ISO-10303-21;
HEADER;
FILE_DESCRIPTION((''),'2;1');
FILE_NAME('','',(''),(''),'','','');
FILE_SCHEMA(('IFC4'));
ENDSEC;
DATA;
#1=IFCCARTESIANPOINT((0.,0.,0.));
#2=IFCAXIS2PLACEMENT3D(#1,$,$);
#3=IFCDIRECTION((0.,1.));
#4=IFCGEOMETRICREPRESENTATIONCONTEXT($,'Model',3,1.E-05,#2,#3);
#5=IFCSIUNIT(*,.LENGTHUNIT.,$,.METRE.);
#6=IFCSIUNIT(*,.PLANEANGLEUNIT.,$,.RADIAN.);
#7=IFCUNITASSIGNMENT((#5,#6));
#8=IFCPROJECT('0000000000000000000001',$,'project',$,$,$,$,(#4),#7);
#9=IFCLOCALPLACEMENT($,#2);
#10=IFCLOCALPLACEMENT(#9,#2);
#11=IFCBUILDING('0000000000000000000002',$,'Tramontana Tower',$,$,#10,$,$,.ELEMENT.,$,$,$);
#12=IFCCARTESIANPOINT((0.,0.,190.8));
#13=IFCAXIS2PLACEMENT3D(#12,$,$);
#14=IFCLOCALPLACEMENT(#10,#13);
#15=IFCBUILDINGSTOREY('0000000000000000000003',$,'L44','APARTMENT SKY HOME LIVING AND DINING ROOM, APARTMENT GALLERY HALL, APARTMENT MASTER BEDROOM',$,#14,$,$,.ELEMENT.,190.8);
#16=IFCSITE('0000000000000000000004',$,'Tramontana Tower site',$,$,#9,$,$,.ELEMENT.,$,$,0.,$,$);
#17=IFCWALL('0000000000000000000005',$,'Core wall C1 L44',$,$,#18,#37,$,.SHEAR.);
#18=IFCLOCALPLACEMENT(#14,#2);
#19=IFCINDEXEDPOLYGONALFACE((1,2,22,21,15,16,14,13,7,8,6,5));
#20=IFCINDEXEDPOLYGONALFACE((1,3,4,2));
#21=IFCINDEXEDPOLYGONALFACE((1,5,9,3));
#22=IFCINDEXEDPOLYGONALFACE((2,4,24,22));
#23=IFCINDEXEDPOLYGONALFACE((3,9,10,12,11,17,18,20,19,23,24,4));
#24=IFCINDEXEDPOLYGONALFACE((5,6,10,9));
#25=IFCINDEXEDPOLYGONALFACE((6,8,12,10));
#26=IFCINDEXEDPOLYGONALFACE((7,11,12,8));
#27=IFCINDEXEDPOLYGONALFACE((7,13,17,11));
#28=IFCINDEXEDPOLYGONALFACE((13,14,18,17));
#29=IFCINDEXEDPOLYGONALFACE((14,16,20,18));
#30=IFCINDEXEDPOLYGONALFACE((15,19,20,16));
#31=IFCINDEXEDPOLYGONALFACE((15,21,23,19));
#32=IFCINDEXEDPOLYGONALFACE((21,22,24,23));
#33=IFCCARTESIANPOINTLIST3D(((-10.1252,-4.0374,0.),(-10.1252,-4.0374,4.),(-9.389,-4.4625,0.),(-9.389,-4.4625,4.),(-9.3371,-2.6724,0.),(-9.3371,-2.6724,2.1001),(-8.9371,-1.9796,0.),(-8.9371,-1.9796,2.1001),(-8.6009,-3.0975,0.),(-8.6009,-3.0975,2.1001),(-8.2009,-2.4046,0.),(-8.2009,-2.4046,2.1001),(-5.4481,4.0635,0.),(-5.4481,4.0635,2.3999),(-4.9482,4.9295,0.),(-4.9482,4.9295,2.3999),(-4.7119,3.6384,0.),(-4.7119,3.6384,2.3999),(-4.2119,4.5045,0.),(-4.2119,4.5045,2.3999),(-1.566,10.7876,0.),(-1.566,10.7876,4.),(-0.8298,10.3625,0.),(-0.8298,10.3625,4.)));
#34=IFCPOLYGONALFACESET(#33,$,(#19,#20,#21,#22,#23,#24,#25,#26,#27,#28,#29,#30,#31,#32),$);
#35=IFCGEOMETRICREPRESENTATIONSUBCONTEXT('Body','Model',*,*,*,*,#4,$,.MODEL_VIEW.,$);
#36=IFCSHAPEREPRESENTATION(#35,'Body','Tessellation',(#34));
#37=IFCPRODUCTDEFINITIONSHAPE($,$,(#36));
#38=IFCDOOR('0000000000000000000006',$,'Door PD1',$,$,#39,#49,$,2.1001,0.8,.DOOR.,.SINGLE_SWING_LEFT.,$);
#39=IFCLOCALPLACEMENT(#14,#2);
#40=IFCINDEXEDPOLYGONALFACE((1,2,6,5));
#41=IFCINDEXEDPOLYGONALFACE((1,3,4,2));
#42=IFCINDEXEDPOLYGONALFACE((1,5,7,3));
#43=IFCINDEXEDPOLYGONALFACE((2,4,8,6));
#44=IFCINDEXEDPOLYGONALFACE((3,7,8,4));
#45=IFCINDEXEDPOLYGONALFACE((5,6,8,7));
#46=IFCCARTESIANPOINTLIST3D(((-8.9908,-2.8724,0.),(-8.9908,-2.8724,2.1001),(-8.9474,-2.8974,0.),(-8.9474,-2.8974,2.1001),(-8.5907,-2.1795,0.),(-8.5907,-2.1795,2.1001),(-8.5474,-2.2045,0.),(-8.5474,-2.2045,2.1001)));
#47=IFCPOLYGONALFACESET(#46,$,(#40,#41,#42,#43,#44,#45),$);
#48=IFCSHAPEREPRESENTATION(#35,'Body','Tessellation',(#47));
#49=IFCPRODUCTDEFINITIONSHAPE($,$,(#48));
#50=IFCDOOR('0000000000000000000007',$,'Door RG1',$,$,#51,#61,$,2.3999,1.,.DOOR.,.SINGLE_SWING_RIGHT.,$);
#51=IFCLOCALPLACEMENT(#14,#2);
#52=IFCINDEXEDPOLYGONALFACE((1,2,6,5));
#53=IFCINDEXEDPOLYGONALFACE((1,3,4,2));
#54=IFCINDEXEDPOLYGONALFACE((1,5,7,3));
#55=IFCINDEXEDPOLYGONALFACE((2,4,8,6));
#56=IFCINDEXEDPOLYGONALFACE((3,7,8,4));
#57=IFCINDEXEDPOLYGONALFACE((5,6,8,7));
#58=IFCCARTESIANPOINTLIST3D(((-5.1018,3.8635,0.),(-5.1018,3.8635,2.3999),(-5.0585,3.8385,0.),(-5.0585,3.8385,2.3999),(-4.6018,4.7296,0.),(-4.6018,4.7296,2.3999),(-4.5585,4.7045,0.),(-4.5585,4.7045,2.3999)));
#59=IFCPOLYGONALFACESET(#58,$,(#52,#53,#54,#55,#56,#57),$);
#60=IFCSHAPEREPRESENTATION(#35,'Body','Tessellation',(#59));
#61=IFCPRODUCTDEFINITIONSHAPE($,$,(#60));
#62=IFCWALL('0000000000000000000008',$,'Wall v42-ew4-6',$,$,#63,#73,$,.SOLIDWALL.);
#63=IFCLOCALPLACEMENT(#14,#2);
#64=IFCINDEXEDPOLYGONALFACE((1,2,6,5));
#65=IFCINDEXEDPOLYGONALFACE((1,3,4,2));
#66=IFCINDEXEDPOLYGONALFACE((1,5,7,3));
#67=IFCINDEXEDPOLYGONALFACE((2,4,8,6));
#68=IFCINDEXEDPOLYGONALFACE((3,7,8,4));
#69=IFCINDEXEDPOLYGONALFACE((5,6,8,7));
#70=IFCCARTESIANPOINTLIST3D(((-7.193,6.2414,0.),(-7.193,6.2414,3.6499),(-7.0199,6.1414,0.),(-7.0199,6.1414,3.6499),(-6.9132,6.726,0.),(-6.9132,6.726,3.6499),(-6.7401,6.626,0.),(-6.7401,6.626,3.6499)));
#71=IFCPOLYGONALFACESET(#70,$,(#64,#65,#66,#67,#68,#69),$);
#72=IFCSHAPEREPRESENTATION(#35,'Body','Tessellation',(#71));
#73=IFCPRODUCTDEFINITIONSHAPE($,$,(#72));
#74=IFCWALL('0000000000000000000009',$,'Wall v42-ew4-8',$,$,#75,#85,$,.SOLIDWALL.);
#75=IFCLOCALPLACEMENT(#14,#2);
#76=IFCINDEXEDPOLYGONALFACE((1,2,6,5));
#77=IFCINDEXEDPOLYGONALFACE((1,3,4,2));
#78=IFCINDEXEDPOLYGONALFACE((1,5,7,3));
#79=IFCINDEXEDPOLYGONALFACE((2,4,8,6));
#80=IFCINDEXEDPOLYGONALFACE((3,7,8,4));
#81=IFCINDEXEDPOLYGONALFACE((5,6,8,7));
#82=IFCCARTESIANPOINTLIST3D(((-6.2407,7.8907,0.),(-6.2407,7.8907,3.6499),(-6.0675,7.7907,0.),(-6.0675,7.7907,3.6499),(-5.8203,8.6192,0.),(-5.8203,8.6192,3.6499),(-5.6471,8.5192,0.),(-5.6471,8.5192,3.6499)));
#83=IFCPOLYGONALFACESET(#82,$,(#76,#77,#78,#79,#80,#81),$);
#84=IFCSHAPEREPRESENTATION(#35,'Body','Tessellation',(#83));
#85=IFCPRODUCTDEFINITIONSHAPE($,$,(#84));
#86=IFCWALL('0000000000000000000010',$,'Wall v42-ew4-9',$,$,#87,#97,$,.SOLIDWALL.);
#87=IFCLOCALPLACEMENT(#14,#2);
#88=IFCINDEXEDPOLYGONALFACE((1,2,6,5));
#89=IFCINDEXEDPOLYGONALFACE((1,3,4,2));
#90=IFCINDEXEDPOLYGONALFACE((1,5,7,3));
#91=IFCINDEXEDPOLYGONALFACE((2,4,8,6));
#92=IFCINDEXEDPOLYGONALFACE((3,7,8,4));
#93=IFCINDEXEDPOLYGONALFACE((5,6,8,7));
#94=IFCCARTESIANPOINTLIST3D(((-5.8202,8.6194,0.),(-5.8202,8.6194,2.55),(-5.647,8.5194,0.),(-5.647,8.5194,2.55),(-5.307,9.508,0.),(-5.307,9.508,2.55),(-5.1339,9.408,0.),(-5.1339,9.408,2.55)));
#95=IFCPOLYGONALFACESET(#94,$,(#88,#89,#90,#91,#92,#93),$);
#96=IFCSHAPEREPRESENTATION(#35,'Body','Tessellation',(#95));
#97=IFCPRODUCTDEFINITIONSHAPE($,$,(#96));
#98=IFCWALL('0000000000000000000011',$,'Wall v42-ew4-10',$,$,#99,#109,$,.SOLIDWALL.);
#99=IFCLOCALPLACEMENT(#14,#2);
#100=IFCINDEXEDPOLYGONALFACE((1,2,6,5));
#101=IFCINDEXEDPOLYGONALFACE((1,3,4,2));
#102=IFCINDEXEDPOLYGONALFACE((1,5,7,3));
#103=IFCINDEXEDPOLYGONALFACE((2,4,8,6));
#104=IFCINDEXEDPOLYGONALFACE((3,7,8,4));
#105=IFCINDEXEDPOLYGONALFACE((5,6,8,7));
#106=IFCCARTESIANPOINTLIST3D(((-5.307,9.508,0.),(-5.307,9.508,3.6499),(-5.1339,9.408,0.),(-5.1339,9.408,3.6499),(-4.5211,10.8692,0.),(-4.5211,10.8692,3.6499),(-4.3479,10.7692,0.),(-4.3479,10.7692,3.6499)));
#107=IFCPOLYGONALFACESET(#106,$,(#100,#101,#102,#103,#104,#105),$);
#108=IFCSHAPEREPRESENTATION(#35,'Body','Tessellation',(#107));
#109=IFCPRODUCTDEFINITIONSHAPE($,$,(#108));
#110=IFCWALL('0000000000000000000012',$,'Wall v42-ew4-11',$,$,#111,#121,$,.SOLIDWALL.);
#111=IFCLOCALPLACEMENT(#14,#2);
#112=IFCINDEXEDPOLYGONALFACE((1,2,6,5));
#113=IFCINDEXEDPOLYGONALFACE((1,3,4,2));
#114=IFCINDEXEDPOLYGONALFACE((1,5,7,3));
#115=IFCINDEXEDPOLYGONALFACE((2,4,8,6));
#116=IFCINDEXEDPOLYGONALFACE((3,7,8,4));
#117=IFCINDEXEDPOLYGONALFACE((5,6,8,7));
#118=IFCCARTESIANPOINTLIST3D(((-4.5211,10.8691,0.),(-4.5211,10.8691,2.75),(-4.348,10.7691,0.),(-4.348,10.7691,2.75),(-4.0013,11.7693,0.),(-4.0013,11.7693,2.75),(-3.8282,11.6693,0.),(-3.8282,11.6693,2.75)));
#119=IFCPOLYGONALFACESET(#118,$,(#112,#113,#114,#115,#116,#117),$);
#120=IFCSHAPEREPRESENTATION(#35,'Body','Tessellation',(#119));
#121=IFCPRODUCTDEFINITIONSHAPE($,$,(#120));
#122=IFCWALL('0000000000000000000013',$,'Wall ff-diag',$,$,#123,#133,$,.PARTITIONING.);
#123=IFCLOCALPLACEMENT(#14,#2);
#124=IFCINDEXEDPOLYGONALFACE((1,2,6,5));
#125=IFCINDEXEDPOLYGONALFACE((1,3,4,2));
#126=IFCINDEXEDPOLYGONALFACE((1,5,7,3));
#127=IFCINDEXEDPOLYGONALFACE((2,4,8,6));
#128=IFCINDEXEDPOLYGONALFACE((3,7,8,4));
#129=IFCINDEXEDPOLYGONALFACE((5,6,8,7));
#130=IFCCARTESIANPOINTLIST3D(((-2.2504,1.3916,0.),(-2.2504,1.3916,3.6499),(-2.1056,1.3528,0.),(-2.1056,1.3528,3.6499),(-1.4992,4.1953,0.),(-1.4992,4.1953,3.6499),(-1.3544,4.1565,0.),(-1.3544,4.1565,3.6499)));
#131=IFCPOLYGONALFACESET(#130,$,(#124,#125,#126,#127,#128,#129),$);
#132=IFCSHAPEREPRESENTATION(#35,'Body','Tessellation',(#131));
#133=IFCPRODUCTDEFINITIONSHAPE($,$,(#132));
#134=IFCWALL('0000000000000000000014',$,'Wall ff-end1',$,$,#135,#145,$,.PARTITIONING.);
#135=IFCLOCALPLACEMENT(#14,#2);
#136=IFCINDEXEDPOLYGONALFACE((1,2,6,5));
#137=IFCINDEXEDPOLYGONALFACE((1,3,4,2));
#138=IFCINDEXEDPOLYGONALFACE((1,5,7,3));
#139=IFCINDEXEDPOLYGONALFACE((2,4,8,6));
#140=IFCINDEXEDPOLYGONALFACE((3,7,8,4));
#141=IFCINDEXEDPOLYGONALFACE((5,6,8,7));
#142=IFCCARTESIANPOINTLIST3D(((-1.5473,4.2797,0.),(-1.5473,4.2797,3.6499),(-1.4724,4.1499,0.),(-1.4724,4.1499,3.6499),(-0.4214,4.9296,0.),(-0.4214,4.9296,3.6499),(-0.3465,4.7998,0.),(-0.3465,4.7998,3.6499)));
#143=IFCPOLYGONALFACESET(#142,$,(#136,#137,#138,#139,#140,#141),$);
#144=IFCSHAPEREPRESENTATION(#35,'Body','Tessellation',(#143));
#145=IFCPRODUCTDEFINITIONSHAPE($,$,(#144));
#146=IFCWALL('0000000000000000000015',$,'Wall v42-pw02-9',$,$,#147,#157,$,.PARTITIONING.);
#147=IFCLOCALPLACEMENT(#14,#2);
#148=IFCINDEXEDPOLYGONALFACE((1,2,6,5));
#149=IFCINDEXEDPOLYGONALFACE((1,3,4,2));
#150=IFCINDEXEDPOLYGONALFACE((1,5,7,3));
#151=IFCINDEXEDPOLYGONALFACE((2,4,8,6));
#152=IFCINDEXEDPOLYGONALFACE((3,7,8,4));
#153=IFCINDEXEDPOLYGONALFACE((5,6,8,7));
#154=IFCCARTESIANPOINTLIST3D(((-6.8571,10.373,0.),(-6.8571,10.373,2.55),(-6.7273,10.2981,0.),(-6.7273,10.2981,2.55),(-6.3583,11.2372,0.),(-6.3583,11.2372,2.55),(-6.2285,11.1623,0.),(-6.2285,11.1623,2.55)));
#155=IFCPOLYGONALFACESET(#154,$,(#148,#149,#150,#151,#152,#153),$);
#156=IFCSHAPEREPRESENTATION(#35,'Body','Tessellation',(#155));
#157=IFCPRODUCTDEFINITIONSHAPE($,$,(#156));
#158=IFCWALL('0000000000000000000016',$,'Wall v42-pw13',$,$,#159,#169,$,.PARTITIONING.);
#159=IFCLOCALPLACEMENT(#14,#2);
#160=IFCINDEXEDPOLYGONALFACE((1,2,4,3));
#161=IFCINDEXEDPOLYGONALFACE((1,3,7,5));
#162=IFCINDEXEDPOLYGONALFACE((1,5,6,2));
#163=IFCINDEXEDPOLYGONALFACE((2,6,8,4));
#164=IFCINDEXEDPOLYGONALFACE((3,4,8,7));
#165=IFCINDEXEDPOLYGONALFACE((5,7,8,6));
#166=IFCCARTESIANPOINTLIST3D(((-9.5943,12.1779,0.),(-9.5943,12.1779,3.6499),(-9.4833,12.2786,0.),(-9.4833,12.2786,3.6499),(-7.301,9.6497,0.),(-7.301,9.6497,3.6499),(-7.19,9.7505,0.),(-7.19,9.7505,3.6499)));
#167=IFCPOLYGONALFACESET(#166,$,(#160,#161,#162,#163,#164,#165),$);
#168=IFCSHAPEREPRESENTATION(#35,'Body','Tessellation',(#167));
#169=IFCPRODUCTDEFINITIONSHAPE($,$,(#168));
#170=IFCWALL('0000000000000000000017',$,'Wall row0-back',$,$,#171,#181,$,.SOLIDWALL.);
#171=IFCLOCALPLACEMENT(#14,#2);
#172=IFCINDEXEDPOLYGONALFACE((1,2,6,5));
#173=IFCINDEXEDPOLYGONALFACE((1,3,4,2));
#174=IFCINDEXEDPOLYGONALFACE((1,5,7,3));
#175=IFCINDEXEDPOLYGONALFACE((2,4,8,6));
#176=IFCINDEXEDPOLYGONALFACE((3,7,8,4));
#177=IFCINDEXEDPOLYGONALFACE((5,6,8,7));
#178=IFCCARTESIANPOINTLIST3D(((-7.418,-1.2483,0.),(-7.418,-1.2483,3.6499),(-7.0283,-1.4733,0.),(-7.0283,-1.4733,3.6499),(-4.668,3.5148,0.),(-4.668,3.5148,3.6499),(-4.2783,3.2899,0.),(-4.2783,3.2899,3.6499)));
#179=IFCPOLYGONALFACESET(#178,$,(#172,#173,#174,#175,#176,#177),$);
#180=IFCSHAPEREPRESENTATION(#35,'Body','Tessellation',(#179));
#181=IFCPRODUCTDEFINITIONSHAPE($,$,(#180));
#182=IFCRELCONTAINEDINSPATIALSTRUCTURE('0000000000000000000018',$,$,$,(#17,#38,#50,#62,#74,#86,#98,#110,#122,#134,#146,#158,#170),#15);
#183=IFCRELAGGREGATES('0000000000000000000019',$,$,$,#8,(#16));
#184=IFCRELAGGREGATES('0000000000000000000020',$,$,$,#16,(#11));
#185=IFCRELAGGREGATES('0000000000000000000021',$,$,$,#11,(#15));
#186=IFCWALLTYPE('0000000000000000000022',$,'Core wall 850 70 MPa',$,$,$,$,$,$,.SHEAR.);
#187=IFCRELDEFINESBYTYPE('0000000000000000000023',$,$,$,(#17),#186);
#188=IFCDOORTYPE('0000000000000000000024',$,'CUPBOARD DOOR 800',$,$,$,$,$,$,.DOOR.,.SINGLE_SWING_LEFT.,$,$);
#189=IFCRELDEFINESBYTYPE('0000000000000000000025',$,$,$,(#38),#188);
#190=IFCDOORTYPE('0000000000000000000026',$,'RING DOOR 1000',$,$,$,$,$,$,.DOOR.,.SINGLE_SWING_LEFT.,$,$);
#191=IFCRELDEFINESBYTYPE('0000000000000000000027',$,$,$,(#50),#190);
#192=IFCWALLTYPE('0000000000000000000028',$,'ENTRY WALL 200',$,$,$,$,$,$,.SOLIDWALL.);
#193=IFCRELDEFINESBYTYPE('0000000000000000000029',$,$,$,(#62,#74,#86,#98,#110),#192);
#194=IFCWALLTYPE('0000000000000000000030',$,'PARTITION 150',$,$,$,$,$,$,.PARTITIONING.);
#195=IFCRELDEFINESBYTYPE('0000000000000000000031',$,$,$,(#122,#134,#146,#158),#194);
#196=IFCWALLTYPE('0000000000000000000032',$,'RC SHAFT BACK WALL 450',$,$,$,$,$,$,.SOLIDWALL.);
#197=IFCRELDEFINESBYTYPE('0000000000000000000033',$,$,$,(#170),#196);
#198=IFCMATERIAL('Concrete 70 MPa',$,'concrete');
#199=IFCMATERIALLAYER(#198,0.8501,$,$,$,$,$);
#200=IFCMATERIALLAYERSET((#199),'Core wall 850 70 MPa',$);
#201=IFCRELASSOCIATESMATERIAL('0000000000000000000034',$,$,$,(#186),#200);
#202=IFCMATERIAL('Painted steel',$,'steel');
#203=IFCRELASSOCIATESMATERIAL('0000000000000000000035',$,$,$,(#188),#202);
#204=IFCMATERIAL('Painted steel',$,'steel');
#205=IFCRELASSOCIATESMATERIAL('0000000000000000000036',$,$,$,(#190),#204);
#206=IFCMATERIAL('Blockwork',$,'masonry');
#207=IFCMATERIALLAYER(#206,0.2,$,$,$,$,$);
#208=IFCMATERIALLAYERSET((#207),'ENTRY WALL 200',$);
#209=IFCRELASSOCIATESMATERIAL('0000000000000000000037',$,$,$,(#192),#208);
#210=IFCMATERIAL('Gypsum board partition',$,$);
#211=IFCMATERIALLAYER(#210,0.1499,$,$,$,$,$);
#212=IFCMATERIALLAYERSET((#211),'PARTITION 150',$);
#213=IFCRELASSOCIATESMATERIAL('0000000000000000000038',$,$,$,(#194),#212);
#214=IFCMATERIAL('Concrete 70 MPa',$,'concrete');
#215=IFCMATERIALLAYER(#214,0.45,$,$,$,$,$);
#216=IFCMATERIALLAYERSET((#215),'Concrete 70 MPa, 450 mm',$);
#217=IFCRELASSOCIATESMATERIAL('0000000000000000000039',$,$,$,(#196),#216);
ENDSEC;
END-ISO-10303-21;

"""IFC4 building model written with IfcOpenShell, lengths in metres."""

from ifc_helpers import new_model, si_unit, direction, frame, frame_2d, origin, place, context, subcontext, project, spatial, rectangle, extrude, material, layer, layer_set, type_object, element, fill, save


model = new_model("IFC4")

# Units and contexts
model_context = context("Model", 3, precision=1e-05, world=origin(), true_north=direction((0.0, 1.0)))
body_context = subcontext(model_context, "Body", "Model", "MODEL_VIEW")
ifc_project = project(units=[si_unit("LENGTHUNIT", "METRE"), si_unit("PLANEANGLEUNIT", "RADIAN")], contexts=[model_context])

# Site, building, storey
site_placement = place(None, origin())
site = spatial("IfcSite", under=ifc_project, at=site_placement, Name="Tramontana Tower site", CompositionType="ELEMENT", RefElevation=0.0)
building_placement = place(site_placement, origin())
building = spatial("IfcBuilding", under=site, at=building_placement, Name="Tramontana Tower", CompositionType="ELEMENT")
storey_placement = place(building_placement, frame((0.0, 0.0, 190.8)))
storey = spatial("IfcBuildingStorey", under=building, at=storey_placement, Name="L44", Description="APARTMENT SKY HOME LIVING AND DINING ROOM, APARTMENT GALLERY HALL, APARTMENT MASTER BEDROOM", CompositionType="ELEMENT", Elevation=190.8)

# Wall, openings, doors
ifc_material_1 = material(Name="Concrete 70 MPa", Category="concrete")
ifc_layer_1 = layer(ifc_material_1, 0.8501)
ifc_layer_set_1 = layer_set([ifc_layer_1], Name="Core wall 850 70 MPa")
wall_type_1 = type_object("IfcWallType", Name="Core wall 850 70 MPa", PredefinedType="SHEAR", material=ifc_layer_set_1)
wall_1_placement = place(storey_placement, frame((-1.198, 10.575, 0.0), z_axis=(0.0, 0.0, 1.0), x_axis=(-0.499995, -0.866028, 0.0)))
wall_1 = element("IfcWall", 1, at=wall_1_placement, inside=storey, type_object=wall_type_1, Name="Core wall C1 L44", PredefinedType="SHEAR", context=body_context, shape_type="SweptSolid", body=[
    extrude(rectangle(XDim=17.1184, YDim=0.8501, at=frame_2d((8.5591, 0.0))), origin(), (0.0, 0.0, 1.0), 4.0),
])
opening_1_placement = place(wall_1_placement, frame((6.7642, 0.0, 0.0)))
opening_1 = element("IfcOpeningElement", 2, at=opening_1_placement, cuts=wall_1, PredefinedType="OPENING", context=body_context, shape_type="SweptSolid", body=[
    extrude(rectangle(XDim=1.0, YDim=2.3999, at=frame_2d((0.5, 1.2))), frame((0.0, 0.4351, 0.0), z_axis=(0.0, -1.0, 0.0), x_axis=(1.0, 0.0, 0.0)), (0.0, 0.0, 1.0), 0.8701),
])
opening_2_placement = place(wall_1_placement, frame((14.7422, 0.0, 0.0)))
opening_2 = element("IfcOpeningElement", 3, at=opening_2_placement, cuts=wall_1, PredefinedType="OPENING", context=body_context, shape_type="SweptSolid", body=[
    extrude(rectangle(XDim=0.8, YDim=2.1001, at=frame_2d((0.3999, 1.05))), frame((0.0, 0.4351, 0.0), z_axis=(0.0, -1.0, 0.0), x_axis=(1.0, 0.0, 0.0)), (0.0, 0.0, 1.0), 0.8701),
])
ifc_material_2 = material(Name="Painted steel", Category="steel")
door_type_1 = type_object("IfcDoorType", Name="CUPBOARD DOOR 800", OperationType="SINGLE_SWING_LEFT", PredefinedType="DOOR", material=ifc_material_2)
door_1_placement = place(opening_2_placement, origin())
door_1 = element("IfcDoor", 4, at=door_1_placement, inside=storey, type_object=door_type_1, Name="Door PD1", OperationType="SINGLE_SWING_LEFT", OverallHeight=2.1001, OverallWidth=0.8, PredefinedType="DOOR", context=body_context, shape_type="SweptSolid", body=[
    extrude(rectangle(XDim=0.8, YDim=2.1001, at=frame_2d((0.3999, 1.05))), frame((0.0, 0.0249, 0.0), z_axis=(0.0, -1.0, 0.0), x_axis=(1.0, 0.0, 0.0)), (0.0, 0.0, 1.0), 0.05),
])
fill(opening_2, door_1)
ifc_material_3 = material(Name="Painted steel", Category="steel")
door_type_2 = type_object("IfcDoorType", Name="RING DOOR 1000", OperationType="SINGLE_SWING_LEFT", PredefinedType="DOOR", material=ifc_material_3)
door_2_placement = place(opening_1_placement, origin())
door_2 = element("IfcDoor", 5, at=door_2_placement, inside=storey, type_object=door_type_2, Name="Door RG1", OperationType="SINGLE_SWING_RIGHT", OverallHeight=2.3999, OverallWidth=1.0, PredefinedType="DOOR", context=body_context, shape_type="SweptSolid", body=[
    extrude(rectangle(XDim=1.0, YDim=2.3999, at=frame_2d((0.5, 1.2))), frame((0.0, 0.0249, 0.0), z_axis=(0.0, -1.0, 0.0), x_axis=(1.0, 0.0, 0.0)), (0.0, 0.0, 1.0), 0.05),
])
fill(opening_1, door_2)

# Wall
ifc_material_4 = material(Name="Blockwork", Category="masonry")
ifc_layer_2 = layer(ifc_material_4, 0.2)
ifc_layer_set_2 = layer_set([ifc_layer_2], Name="ENTRY WALL 200")
wall_type_2 = type_object("IfcWallType", Name="ENTRY WALL 200", PredefinedType="SOLIDWALL", material=ifc_layer_set_2)
wall_2_placement = place(storey_placement, frame((-7.1064, 6.1914, 0.0), z_axis=(0.0, 0.0, 1.0), x_axis=(0.499987, 0.866033, 0.0)))
element("IfcWall", 6, at=wall_2_placement, inside=storey, type_object=wall_type_2, Name="Wall v42-ew4-6", PredefinedType="SOLIDWALL", context=body_context, shape_type="SweptSolid", body=[
    extrude(rectangle(XDim=0.5596, YDim=0.2, at=frame_2d((0.2798, 0.0))), origin(), (0.0, 0.0, 1.0), 3.6499),
])

# Walls
wall_3_placement = place(storey_placement, frame((-6.1541, 7.8408, 0.0), z_axis=(0.0, 0.0, 1.0), x_axis=(0.499823, 0.866128, 0.0)))
element("IfcWall", 7, at=wall_3_placement, inside=storey, type_object=wall_type_2, Name="Wall v42-ew4-8", PredefinedType="SOLIDWALL", context=body_context, shape_type="SweptSolid", body=[
    extrude(rectangle(XDim=0.8411, YDim=0.2, at=frame_2d((0.4204, 0.0))), origin(), (0.0, 0.0, 1.0), 3.6499),
])
wall_4_placement = place(storey_placement, frame((-5.7336, 8.5693, 0.0), z_axis=(0.0, 0.0, 1.0), x_axis=(0.500079, 0.86598, 0.0)))
element("IfcWall", 8, at=wall_4_placement, inside=storey, type_object=wall_type_2, Name="Wall v42-ew4-9", PredefinedType="SOLIDWALL", context=body_context, shape_type="SweptSolid", body=[
    extrude(rectangle(XDim=1.0261, YDim=0.2, at=frame_2d((0.5132, 0.0))), origin(), (0.0, 0.0, 1.0), 2.55),
])
wall_5_placement = place(storey_placement, frame((-5.2205, 9.458, 0.0), z_axis=(0.0, 0.0, 1.0), x_axis=(0.500032, 0.866007, 0.0)))
element("IfcWall", 9, at=wall_5_placement, inside=storey, type_object=wall_type_2, Name="Wall v42-ew4-10", PredefinedType="SOLIDWALL", context=body_context, shape_type="SweptSolid", body=[
    extrude(rectangle(XDim=1.5718, YDim=0.2, at=frame_2d((0.7859, 0.0))), origin(), (0.0, 0.0, 1.0), 3.6499),
])
wall_6_placement = place(storey_placement, frame((-4.4346, 10.8191, 0.0), z_axis=(0.0, 0.0, 1.0), x_axis=(0.500055, 0.865994, 0.0)))
element("IfcWall", 10, at=wall_6_placement, inside=storey, type_object=wall_type_2, Name="Wall v42-ew4-11", PredefinedType="SOLIDWALL", context=body_context, shape_type="SweptSolid", body=[
    extrude(rectangle(XDim=1.0396, YDim=0.2, at=frame_2d((0.5198, 0.0))), origin(), (0.0, 0.0, 1.0), 2.75),
])
ifc_material_5 = material(Name="Gypsum board partition")
ifc_layer_3 = layer(ifc_material_5, 0.1499)
ifc_layer_set_3 = layer_set([ifc_layer_3], Name="PARTITION 150")
wall_type_3 = type_object("IfcWallType", Name="PARTITION 150", PredefinedType="PARTITIONING", material=ifc_layer_set_3)
wall_7_placement = place(storey_placement, frame((-2.178, 1.3723, 0.0), z_axis=(0.0, 0.0, 1.0), x_axis=(0.258809, 0.965929, 0.0)))
element("IfcWall", 11, at=wall_7_placement, inside=storey, type_object=wall_type_3, Name="Wall ff-diag", PredefinedType="PARTITIONING", context=body_context, shape_type="SweptSolid", body=[
    extrude(rectangle(XDim=2.9026, YDim=0.1499, at=frame_2d((1.4512, 0.0))), origin(), (0.0, 0.0, 1.0), 3.6499),
])
wall_8_placement = place(storey_placement, frame((-1.5098, 4.2148, 0.0), z_axis=(0.0, 0.0, 1.0), x_axis=(0.866086, 0.499896, 0.0)))
element("IfcWall", 12, at=wall_8_placement, inside=storey, type_object=wall_type_3, Name="Wall ff-end1", PredefinedType="PARTITIONING", context=body_context, shape_type="SweptSolid", body=[
    extrude(rectangle(XDim=1.3, YDim=0.1499, at=frame_2d((0.6499, 0.0))), origin(), (0.0, 0.0, 1.0), 3.6499),
])
wall_9_placement = place(storey_placement, frame((-6.7922, 10.3354, 0.0), z_axis=(0.0, 0.0, 1.0), x_axis=(0.49985, 0.866112, 0.0)))
element("IfcWall", 13, at=wall_9_placement, inside=storey, type_object=wall_type_3, Name="Wall v42-pw02-9", PredefinedType="PARTITIONING", context=body_context, shape_type="SweptSolid", body=[
    extrude(rectangle(XDim=0.9978, YDim=0.1499, at=frame_2d((0.499, 0.0))), origin(), (0.0, 0.0, 1.0), 2.55),
])
wall_10_placement = place(storey_placement, frame((-7.2456, 9.7002, 0.0), z_axis=(0.0, 0.0, 1.0), x_axis=(-0.671864, 0.740674, 0.0)))
element("IfcWall", 14, at=wall_10_placement, inside=storey, type_object=wall_type_3, Name="Wall v42-pw13", PredefinedType="PARTITIONING", context=body_context, shape_type="SweptSolid", body=[
    extrude(rectangle(XDim=3.4133, YDim=0.1499, at=frame_2d((1.7065, 0.0))), origin(), (0.0, 0.0, 1.0), 3.6499),
])
ifc_material_6 = material(Name="Concrete 70 MPa", Category="concrete")
ifc_layer_4 = layer(ifc_material_6, 0.45)
ifc_layer_set_4 = layer_set([ifc_layer_4], Name="Concrete 70 MPa, 450 mm")
wall_type_4 = type_object("IfcWallType", Name="RC SHAFT BACK WALL 450", PredefinedType="SOLIDWALL", material=ifc_layer_set_4)
wall_11_placement = place(storey_placement, frame((-4.4731, 3.4023, 0.0), z_axis=(0.0, 0.0, 1.0), x_axis=(-0.499997, -0.866027, 0.0)))
element("IfcWall", 15, at=wall_11_placement, inside=storey, type_object=wall_type_4, Name="Wall row0-back", PredefinedType="SOLIDWALL", context=body_context, shape_type="SweptSolid", body=[
    extrude(rectangle(XDim=5.5, YDim=0.45, at=frame_2d((2.75, 0.0))), origin(), (0.0, 0.0, 1.0), 3.6499),
])

save(model, "model.ifc")
